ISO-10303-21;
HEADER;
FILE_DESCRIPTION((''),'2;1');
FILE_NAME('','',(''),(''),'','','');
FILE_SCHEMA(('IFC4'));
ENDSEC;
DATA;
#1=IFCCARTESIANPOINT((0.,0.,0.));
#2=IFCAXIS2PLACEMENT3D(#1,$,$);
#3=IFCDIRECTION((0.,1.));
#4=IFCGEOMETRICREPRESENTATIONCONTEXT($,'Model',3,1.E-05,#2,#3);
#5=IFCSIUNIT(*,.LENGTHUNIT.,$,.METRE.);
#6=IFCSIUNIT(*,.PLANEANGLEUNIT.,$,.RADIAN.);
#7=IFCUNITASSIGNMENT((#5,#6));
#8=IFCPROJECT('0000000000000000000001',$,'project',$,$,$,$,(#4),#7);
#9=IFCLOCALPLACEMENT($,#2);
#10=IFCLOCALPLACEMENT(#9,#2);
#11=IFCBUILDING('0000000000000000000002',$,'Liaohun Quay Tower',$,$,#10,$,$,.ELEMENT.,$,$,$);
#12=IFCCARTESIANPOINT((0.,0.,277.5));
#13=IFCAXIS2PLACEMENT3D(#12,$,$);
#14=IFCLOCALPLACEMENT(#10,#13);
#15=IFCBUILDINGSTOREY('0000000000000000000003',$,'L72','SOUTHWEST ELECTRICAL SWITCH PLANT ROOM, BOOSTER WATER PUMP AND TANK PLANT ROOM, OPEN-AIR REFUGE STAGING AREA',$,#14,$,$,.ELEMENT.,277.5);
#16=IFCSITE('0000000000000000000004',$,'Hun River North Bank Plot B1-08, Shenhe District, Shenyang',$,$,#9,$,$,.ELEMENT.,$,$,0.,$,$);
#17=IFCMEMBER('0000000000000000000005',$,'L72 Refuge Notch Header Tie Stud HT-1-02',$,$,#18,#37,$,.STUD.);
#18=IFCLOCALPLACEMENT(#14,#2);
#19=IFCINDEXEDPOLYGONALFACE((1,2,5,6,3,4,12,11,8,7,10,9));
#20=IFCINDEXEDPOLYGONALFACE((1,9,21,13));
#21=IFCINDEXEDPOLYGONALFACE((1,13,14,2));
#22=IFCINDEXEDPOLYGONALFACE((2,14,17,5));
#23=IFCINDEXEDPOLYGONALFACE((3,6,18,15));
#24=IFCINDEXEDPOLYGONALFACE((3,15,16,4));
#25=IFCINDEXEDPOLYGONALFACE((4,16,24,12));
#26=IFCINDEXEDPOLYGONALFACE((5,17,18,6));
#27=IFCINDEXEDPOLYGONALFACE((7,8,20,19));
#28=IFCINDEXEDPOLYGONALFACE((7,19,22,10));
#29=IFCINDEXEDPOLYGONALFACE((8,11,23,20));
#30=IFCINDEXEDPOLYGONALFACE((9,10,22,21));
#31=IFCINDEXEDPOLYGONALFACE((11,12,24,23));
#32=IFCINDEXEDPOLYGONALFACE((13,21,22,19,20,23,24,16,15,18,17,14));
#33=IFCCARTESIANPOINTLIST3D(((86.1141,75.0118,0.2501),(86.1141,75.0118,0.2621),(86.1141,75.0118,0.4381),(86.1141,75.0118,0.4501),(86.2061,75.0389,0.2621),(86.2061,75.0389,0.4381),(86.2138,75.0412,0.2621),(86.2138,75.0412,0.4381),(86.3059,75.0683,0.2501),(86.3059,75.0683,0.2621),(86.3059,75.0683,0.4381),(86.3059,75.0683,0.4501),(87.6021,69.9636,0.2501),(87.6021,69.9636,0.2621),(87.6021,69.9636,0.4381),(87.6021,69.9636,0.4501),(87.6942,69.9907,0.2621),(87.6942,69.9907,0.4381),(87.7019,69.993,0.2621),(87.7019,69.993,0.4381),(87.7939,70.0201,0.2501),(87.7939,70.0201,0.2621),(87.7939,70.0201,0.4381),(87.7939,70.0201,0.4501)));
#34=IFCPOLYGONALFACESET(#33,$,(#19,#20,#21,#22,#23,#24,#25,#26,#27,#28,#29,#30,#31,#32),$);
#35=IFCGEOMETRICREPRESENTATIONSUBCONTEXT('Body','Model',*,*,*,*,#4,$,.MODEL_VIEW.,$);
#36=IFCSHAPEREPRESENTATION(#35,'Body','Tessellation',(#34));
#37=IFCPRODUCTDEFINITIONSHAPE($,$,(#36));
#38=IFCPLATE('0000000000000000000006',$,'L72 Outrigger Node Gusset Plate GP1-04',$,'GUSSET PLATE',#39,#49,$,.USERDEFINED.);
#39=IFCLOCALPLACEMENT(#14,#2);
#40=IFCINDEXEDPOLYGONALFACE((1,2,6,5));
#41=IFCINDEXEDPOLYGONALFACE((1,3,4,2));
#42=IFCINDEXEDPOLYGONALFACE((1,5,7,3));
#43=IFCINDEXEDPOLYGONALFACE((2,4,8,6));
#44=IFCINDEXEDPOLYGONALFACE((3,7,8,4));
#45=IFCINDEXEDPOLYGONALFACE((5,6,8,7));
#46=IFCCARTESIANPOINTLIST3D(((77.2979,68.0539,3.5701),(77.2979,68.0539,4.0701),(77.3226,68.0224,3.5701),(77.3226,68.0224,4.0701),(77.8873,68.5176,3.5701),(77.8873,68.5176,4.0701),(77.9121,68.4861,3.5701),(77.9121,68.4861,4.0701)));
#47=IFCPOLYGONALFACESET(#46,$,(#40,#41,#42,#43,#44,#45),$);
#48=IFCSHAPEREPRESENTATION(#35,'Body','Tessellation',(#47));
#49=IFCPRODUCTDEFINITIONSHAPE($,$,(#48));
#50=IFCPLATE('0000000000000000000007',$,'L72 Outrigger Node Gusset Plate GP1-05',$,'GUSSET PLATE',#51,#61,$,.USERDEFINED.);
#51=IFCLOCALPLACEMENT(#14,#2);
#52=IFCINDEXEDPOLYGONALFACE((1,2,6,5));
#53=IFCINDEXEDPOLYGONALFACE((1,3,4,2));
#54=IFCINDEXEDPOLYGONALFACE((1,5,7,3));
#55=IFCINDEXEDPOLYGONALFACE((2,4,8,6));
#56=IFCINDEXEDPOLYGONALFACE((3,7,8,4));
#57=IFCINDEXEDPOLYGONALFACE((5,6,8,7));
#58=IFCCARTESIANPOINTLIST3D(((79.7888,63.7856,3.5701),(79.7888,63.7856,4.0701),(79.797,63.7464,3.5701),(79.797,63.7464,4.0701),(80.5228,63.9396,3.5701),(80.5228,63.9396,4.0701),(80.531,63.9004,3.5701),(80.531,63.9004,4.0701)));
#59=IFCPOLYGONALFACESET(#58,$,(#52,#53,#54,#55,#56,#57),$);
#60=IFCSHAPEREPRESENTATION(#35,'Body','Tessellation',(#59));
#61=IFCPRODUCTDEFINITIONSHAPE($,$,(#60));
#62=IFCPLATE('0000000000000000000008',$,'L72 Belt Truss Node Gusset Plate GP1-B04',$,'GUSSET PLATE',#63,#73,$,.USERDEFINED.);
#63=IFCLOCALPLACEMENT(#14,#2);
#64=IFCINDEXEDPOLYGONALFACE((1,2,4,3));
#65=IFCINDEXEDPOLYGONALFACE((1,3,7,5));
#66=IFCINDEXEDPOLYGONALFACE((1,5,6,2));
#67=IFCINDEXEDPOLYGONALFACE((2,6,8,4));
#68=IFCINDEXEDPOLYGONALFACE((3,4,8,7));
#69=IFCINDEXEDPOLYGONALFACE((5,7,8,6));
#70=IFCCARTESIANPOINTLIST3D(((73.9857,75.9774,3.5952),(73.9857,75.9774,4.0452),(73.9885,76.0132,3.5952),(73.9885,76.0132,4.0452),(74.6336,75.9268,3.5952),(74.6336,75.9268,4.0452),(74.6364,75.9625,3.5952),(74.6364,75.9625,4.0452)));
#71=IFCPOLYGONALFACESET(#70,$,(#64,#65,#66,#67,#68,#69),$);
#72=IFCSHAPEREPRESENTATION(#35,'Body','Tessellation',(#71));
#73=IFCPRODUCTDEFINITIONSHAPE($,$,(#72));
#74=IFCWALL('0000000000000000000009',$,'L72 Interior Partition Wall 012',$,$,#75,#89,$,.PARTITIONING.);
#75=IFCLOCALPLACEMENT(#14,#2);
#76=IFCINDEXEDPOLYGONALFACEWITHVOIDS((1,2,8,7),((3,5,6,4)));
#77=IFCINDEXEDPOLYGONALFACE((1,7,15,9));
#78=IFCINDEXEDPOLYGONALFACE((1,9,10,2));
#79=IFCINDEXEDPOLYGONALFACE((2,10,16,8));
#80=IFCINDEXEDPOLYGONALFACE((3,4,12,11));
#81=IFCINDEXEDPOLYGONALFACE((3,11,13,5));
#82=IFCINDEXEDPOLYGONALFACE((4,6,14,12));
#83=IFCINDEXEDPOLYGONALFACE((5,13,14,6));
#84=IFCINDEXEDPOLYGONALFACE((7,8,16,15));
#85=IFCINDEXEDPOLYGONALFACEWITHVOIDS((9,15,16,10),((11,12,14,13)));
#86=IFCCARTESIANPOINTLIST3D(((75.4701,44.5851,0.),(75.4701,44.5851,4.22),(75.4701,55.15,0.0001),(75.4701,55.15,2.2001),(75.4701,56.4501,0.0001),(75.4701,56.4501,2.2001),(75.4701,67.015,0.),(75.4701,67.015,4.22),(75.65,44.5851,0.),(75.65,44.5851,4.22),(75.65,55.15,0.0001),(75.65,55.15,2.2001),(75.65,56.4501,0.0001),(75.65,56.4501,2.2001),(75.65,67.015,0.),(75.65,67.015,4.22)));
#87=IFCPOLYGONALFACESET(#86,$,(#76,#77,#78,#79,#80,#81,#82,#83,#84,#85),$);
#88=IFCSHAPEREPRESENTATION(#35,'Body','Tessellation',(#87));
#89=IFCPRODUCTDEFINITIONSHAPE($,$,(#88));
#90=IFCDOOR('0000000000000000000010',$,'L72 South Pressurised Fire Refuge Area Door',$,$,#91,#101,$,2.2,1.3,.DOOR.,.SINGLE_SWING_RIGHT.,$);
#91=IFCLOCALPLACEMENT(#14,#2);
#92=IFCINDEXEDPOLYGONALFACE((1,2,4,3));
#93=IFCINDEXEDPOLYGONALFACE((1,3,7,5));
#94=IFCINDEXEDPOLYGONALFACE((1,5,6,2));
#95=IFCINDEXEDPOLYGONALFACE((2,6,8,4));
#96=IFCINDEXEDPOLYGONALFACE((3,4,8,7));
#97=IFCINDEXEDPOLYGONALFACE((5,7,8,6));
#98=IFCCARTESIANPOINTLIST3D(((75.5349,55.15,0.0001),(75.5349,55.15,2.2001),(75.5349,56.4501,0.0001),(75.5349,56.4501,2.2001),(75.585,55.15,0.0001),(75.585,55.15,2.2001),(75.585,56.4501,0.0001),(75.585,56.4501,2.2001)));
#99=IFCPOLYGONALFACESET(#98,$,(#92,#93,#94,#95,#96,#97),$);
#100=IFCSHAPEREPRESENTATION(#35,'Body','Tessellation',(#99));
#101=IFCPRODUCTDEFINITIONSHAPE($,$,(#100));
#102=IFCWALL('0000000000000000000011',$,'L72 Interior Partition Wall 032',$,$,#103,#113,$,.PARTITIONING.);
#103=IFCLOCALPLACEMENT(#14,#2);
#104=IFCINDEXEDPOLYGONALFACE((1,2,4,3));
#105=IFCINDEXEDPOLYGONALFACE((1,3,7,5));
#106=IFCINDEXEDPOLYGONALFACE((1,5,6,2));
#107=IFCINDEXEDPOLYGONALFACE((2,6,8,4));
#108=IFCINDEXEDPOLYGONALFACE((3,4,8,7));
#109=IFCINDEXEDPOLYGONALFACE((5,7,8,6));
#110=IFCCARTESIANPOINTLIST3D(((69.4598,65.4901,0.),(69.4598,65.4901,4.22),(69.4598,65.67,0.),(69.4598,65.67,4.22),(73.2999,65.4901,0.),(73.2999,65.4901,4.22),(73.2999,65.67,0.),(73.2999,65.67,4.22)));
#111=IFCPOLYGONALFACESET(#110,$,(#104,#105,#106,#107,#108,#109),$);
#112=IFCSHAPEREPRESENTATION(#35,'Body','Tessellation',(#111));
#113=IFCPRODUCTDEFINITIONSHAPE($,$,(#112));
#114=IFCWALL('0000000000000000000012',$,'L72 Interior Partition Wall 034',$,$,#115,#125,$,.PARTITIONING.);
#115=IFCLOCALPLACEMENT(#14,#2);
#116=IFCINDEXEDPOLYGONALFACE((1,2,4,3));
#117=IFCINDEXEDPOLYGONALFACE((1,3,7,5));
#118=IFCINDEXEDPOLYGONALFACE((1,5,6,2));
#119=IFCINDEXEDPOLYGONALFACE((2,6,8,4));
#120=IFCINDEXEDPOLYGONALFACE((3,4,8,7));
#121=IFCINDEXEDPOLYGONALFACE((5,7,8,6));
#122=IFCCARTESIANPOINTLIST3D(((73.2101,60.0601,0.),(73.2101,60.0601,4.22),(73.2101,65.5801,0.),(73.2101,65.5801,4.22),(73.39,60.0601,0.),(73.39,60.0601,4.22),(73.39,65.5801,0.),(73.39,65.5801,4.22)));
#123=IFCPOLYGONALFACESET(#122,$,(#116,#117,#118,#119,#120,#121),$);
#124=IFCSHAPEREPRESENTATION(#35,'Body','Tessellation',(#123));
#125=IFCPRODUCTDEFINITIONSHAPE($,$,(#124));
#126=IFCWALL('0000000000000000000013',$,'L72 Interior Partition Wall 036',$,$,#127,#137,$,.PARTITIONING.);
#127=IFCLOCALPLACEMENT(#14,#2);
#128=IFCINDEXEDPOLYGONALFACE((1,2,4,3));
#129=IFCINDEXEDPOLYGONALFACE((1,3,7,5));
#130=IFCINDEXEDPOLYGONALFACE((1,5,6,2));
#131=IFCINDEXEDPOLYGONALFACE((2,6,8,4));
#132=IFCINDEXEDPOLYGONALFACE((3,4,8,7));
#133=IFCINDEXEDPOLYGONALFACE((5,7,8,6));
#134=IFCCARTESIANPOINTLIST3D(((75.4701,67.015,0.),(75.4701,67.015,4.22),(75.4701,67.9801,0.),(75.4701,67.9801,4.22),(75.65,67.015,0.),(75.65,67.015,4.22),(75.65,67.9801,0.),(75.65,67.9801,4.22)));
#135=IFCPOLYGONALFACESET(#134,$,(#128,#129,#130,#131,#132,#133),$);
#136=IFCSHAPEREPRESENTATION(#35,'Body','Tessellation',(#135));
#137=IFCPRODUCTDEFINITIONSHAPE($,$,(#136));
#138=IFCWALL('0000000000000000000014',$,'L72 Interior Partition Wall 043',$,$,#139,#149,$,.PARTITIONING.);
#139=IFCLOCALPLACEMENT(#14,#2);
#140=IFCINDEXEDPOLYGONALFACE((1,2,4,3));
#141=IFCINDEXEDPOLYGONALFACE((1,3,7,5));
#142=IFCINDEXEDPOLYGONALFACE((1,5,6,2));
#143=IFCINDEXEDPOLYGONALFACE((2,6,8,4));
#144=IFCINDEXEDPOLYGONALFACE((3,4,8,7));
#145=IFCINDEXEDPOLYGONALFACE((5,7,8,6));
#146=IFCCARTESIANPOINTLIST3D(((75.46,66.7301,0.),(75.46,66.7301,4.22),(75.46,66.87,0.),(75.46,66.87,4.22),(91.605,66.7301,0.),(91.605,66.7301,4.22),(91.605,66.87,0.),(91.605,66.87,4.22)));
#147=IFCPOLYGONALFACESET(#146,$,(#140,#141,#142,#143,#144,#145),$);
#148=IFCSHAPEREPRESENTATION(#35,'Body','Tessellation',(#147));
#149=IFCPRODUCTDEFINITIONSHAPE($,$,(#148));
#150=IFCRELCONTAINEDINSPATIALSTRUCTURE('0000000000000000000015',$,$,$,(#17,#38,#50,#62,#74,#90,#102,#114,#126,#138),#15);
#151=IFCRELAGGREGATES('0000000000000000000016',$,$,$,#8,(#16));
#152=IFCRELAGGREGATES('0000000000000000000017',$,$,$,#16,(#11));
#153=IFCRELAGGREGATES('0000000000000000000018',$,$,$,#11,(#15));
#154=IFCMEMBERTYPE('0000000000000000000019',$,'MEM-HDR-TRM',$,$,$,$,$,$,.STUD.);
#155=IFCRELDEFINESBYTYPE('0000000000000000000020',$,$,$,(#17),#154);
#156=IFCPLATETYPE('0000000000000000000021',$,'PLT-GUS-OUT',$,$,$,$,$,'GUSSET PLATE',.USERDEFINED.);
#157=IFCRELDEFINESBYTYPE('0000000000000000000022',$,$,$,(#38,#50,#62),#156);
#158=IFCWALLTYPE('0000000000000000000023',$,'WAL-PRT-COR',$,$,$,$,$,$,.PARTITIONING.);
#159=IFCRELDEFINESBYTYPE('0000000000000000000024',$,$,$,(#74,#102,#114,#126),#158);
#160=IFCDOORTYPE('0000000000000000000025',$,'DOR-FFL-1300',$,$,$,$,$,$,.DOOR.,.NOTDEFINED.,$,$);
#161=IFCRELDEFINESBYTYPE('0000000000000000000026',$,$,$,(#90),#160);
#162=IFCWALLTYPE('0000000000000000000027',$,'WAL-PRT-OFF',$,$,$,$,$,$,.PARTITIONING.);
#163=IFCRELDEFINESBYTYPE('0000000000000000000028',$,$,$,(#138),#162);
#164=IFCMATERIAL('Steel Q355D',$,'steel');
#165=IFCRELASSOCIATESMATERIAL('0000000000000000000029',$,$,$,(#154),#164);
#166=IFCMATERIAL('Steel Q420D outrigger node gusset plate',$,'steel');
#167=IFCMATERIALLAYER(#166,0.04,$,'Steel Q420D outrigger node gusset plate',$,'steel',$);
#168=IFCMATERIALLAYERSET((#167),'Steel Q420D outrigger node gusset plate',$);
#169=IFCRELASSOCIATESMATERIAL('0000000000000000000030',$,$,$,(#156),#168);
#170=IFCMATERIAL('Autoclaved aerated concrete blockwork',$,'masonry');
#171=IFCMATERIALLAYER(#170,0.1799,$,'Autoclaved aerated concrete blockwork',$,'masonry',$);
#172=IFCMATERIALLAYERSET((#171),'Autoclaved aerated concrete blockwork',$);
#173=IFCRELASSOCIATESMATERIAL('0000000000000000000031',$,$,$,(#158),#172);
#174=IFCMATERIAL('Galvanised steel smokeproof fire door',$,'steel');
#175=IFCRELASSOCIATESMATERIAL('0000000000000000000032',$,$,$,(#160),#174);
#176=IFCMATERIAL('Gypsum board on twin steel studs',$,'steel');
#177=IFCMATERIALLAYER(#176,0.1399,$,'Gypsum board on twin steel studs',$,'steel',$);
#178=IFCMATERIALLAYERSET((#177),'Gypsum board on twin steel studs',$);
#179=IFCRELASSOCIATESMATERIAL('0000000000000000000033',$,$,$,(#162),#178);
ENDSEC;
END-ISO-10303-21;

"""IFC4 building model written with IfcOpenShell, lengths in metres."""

from ifc_helpers import new_model, si_unit, direction, frame, frame_2d, origin, origin_2d, place, context, subcontext, project, spatial, rectangle, i_section, extrude, source, transform, mapped, material, layer, layer_set, material_profile, profile_set, type_object, element, fill, save


model = new_model("IFC4")

# Units and contexts
model_context = context("Model", 3, precision=1e-05, world=origin(), true_north=direction((0.0, 1.0)))
body_context = subcontext(model_context, "Body", "Model", "MODEL_VIEW")
ifc_project = project(units=[si_unit("LENGTHUNIT", "METRE"), si_unit("PLANEANGLEUNIT", "RADIAN")], contexts=[model_context])

# Site, building, storey
site_placement = place(None, origin())
site = spatial("IfcSite", under=ifc_project, at=site_placement, Name="Hun River North Bank Plot B1-08, Shenhe District, Shenyang", CompositionType="ELEMENT", RefElevation=0.0)
building_placement = place(site_placement, origin())
building = spatial("IfcBuilding", under=site, at=building_placement, Name="Liaohun Quay Tower", CompositionType="ELEMENT")
storey_placement = place(building_placement, frame((0.0, 0.0, 277.5)))
storey = spatial("IfcBuildingStorey", under=building, at=storey_placement, Name="L72", Description="SOUTHWEST ELECTRICAL SWITCH PLANT ROOM, BOOSTER WATER PUMP AND TANK PLANT ROOM, OPEN-AIR REFUGE STAGING AREA", CompositionType="ELEMENT", Elevation=277.5)

# Shared definitions
ifc_material_1 = material(Name="Steel Q355D", Category="steel")

# Member
ifc_material_profile_1 = material_profile(ifc_material_1, i_section(OverallWidth=0.2, OverallDepth=0.2, WebThickness=0.0081, FlangeThickness=0.012, at=origin_2d()), Name="HW200x200x8x12")
ifc_profile_set_1 = profile_set([ifc_material_profile_1], Name="Steel Q355D")
member_type_1 = type_object("IfcMemberType", Name="MEM-HDR-TRM", PredefinedType="STUD", material=ifc_profile_set_1)
shared_shape_1 = source(origin(), body_context, "Body", "SweptSolid", [
    extrude(i_section(OverallWidth=0.2, OverallDepth=0.2, WebThickness=0.0081, FlangeThickness=0.012, at=origin_2d()), origin(), (0.0, 0.0, 1.0), 5.2629),
])
member_1_placement = place(storey_placement, frame((86.21, 75.04, 0.3501), z_axis=(0.282744, -0.959195, 0.0), x_axis=(0.959195, 0.282744, 0.0)))
element("IfcMember", 1, at=member_1_placement, inside=storey, type_object=member_type_1, Name="L72 Refuge Notch Header Tie Stud HT-1-02", PredefinedType="STUD", context=body_context, shape_type="MappedRepresentation", body=[
    mapped(shared_shape_1, transform((0.0, 0.0, 0.0), x_axis=(1.0, 0.0, 0.0), y_axis=(0.0, 1.0, 0.0), z_axis=(0.0, 0.0, 1.0), scale=1.0)),
])

# Plates
ifc_material_2 = material(Name="Steel Q420D outrigger node gusset plate", Category="steel")
ifc_layer_1 = layer(ifc_material_2, 0.04, Name="Steel Q420D outrigger node gusset plate", Category="steel")
ifc_layer_set_1 = layer_set([ifc_layer_1], Name="Steel Q420D outrigger node gusset plate")
plate_type = type_object("IfcPlateType", Name="PLT-GUS-OUT", ElementType="GUSSET PLATE", PredefinedType="USERDEFINED", material=ifc_layer_set_1)
shared_shape_2 = source(origin(), body_context, "Body", "SweptSolid", [
    extrude(rectangle(XDim=0.75, YDim=0.04, at=origin_2d()), origin(), (0.0, 0.0, 1.0), 0.5),
])
for number, where, z_axis, x_axis, name in (
    (2, (77.605, 68.27, 3.5701), (0.0, 0.0, 1.0), (0.785965, 0.618271, 0.0), "L72 Outrigger Node Gusset Plate GP1-04"),
    (3, (80.1599, 63.843, 3.5701), (0.0, 0.0, 1.0), (0.978689, 0.20535, 0.0), "L72 Outrigger Node Gusset Plate GP1-05"),
):
    element("IfcPlate", number, at=place(storey_placement, frame(where, z_axis=z_axis, x_axis=x_axis)), inside=storey, type_object=plate_type, Name=name, ObjectType="GUSSET PLATE", PredefinedType="USERDEFINED", context=body_context, shape_type="MappedRepresentation", body=[
        mapped(shared_shape_2, transform((0.0, 0.0, 0.0), x_axis=(1.0, 0.0, 0.0), y_axis=(0.0, 1.0, 0.0), z_axis=(0.0, 0.0, 1.0), scale=1.0)),
    ])
shared_shape_3 = source(origin(), body_context, "Body", "SweptSolid", [
    extrude(rectangle(XDim=0.6499, YDim=0.0359, at=origin_2d()), origin(), (0.0, 0.0, 1.0), 0.45),
])
plate_placement = place(storey_placement, frame((74.311, 75.97, 3.5952), z_axis=(0.0, 0.0, 1.0), x_axis=(0.996958, -0.077937, 0.0)))
element("IfcPlate", 4, at=plate_placement, inside=storey, type_object=plate_type, Name="L72 Belt Truss Node Gusset Plate GP1-B04", ObjectType="GUSSET PLATE", PredefinedType="USERDEFINED", context=body_context, shape_type="MappedRepresentation", body=[
    mapped(shared_shape_3, transform((0.0, 0.0, 0.0), x_axis=(1.0, 0.0, 0.0), y_axis=(0.0, 1.0, 0.0), z_axis=(0.0, 0.0, 1.0), scale=1.0)),
])

# Wall, opening, door
ifc_material_3 = material(Name="Autoclaved aerated concrete blockwork", Category="masonry")
ifc_layer_2 = layer(ifc_material_3, 0.1799, Name="Autoclaved aerated concrete blockwork", Category="masonry")
ifc_layer_set_2 = layer_set([ifc_layer_2], Name="Autoclaved aerated concrete blockwork")
wall_type_1 = type_object("IfcWallType", Name="WAL-PRT-COR", PredefinedType="PARTITIONING", material=ifc_layer_set_2)
wall_1_placement = place(storey_placement, frame((75.5601, 67.0149, 0.0), z_axis=(0.0, 0.0, 1.0), x_axis=(0.0, -1.0, 0.0)))
wall_1 = element("IfcWall", 5, at=wall_1_placement, inside=storey, type_object=wall_type_1, Name="L72 Interior Partition Wall 012", PredefinedType="PARTITIONING", context=body_context, shape_type="SweptSolid", body=[
    extrude(rectangle(XDim=22.4299, YDim=0.1799, at=frame_2d((11.2148, 0.0))), origin(), (0.0, 0.0, 1.0), 4.22),
])
shared_shape_4 = source(origin(), body_context, "Body", "SweptSolid", [
    extrude(rectangle(XDim=1.3, YDim=2.2, at=frame_2d((0.6499, 1.1001))), frame((0.0, 0.0999, 0.0), z_axis=(0.0, -1.0, 0.0), x_axis=(1.0, 0.0, 0.0)), (0.0, 0.0, 1.0), 0.2),
])
opening_placement = place(wall_1_placement, frame((10.5649, 0.0, 0.0)))
opening = element("IfcOpeningElement", 6, at=opening_placement, cuts=wall_1, PredefinedType="OPENING", context=body_context, shape_type="MappedRepresentation", body=[
    mapped(shared_shape_4, transform((0.0, 0.0, 0.0), x_axis=(1.0, 0.0, 0.0), y_axis=(0.0, 1.0, 0.0), z_axis=(0.0, 0.0, 1.0), scale=1.0)),
])
ifc_material_4 = material(Name="Galvanised steel smokeproof fire door", Category="steel")
door_type = type_object("IfcDoorType", Name="DOR-FFL-1300", OperationType="NOTDEFINED", PredefinedType="DOOR", material=ifc_material_4)
shared_shape_5 = source(origin(), body_context, "Body", "SweptSolid", [
    extrude(rectangle(XDim=1.3, YDim=2.2, at=frame_2d((0.6499, 1.1001))), frame((0.0, 0.0249, 0.0), z_axis=(0.0, -1.0, 0.0), x_axis=(1.0, 0.0, 0.0)), (0.0, 0.0, 1.0), 0.05),
])
door_placement = place(opening_placement, origin())
door = element("IfcDoor", 7, at=door_placement, inside=storey, type_object=door_type, Name="L72 South Pressurised Fire Refuge Area Door", OperationType="SINGLE_SWING_RIGHT", OverallHeight=2.2, OverallWidth=1.3, PredefinedType="DOOR", context=body_context, shape_type="MappedRepresentation", body=[
    mapped(shared_shape_5, transform((0.0, 0.0, 0.0), x_axis=(1.0, 0.0, 0.0), y_axis=(0.0, 1.0, 0.0), z_axis=(0.0, 0.0, 1.0), scale=1.0)),
])
fill(opening, door)

# Walls
wall_2_placement = place(storey_placement, frame((69.46, 65.5801, 0.0), z_axis=(0.0, 0.0, 1.0), x_axis=(1.0, 0.0, 0.0)))
element("IfcWall", 8, at=wall_2_placement, inside=storey, type_object=wall_type_1, Name="L72 Interior Partition Wall 032", PredefinedType="PARTITIONING", context=body_context, shape_type="SweptSolid", body=[
    extrude(rectangle(XDim=3.8401, YDim=0.1799, at=frame_2d((1.9199, 0.0))), origin(), (0.0, 0.0, 1.0), 4.22),
])
wall_3_placement = place(storey_placement, frame((73.3, 60.0601, 0.0), z_axis=(0.0, 0.0, 1.0), x_axis=(0.0, 1.0, 0.0)))
element("IfcWall", 9, at=wall_3_placement, inside=storey, type_object=wall_type_1, Name="L72 Interior Partition Wall 034", PredefinedType="PARTITIONING", context=body_context, shape_type="SweptSolid", body=[
    extrude(rectangle(XDim=5.52, YDim=0.1799, at=frame_2d((2.76, 0.0))), origin(), (0.0, 0.0, 1.0), 4.22),
])
wall_4_placement = place(storey_placement, frame((75.5601, 67.98, 0.0), z_axis=(0.0, 0.0, 1.0), x_axis=(0.0, -1.0, 0.0)))
element("IfcWall", 10, at=wall_4_placement, inside=storey, type_object=wall_type_1, Name="L72 Interior Partition Wall 036", PredefinedType="PARTITIONING", context=body_context, shape_type="SweptSolid", body=[
    extrude(rectangle(XDim=0.9651, YDim=0.1799, at=frame_2d((0.4824, 0.0))), origin(), (0.0, 0.0, 1.0), 4.22),
])
ifc_material_5 = material(Name="Gypsum board on twin steel studs", Category="steel")
ifc_layer_3 = layer(ifc_material_5, 0.1399, Name="Gypsum board on twin steel studs", Category="steel")
ifc_layer_set_3 = layer_set([ifc_layer_3], Name="Gypsum board on twin steel studs")
wall_type_2 = type_object("IfcWallType", Name="WAL-PRT-OFF", PredefinedType="PARTITIONING", material=ifc_layer_set_3)
wall_5_placement = place(storey_placement, frame((75.46, 66.8, 0.0), z_axis=(0.0, 0.0, 1.0), x_axis=(1.0, 0.0, 0.0)))
element("IfcWall", 11, at=wall_5_placement, inside=storey, type_object=wall_type_2, Name="L72 Interior Partition Wall 043", PredefinedType="PARTITIONING", context=body_context, shape_type="SweptSolid", body=[
    extrude(rectangle(XDim=16.145, YDim=0.1399, at=frame_2d((8.0725, 0.0))), origin(), (0.0, 0.0, 1.0), 4.22),
])

save(model, "model.ifc")
